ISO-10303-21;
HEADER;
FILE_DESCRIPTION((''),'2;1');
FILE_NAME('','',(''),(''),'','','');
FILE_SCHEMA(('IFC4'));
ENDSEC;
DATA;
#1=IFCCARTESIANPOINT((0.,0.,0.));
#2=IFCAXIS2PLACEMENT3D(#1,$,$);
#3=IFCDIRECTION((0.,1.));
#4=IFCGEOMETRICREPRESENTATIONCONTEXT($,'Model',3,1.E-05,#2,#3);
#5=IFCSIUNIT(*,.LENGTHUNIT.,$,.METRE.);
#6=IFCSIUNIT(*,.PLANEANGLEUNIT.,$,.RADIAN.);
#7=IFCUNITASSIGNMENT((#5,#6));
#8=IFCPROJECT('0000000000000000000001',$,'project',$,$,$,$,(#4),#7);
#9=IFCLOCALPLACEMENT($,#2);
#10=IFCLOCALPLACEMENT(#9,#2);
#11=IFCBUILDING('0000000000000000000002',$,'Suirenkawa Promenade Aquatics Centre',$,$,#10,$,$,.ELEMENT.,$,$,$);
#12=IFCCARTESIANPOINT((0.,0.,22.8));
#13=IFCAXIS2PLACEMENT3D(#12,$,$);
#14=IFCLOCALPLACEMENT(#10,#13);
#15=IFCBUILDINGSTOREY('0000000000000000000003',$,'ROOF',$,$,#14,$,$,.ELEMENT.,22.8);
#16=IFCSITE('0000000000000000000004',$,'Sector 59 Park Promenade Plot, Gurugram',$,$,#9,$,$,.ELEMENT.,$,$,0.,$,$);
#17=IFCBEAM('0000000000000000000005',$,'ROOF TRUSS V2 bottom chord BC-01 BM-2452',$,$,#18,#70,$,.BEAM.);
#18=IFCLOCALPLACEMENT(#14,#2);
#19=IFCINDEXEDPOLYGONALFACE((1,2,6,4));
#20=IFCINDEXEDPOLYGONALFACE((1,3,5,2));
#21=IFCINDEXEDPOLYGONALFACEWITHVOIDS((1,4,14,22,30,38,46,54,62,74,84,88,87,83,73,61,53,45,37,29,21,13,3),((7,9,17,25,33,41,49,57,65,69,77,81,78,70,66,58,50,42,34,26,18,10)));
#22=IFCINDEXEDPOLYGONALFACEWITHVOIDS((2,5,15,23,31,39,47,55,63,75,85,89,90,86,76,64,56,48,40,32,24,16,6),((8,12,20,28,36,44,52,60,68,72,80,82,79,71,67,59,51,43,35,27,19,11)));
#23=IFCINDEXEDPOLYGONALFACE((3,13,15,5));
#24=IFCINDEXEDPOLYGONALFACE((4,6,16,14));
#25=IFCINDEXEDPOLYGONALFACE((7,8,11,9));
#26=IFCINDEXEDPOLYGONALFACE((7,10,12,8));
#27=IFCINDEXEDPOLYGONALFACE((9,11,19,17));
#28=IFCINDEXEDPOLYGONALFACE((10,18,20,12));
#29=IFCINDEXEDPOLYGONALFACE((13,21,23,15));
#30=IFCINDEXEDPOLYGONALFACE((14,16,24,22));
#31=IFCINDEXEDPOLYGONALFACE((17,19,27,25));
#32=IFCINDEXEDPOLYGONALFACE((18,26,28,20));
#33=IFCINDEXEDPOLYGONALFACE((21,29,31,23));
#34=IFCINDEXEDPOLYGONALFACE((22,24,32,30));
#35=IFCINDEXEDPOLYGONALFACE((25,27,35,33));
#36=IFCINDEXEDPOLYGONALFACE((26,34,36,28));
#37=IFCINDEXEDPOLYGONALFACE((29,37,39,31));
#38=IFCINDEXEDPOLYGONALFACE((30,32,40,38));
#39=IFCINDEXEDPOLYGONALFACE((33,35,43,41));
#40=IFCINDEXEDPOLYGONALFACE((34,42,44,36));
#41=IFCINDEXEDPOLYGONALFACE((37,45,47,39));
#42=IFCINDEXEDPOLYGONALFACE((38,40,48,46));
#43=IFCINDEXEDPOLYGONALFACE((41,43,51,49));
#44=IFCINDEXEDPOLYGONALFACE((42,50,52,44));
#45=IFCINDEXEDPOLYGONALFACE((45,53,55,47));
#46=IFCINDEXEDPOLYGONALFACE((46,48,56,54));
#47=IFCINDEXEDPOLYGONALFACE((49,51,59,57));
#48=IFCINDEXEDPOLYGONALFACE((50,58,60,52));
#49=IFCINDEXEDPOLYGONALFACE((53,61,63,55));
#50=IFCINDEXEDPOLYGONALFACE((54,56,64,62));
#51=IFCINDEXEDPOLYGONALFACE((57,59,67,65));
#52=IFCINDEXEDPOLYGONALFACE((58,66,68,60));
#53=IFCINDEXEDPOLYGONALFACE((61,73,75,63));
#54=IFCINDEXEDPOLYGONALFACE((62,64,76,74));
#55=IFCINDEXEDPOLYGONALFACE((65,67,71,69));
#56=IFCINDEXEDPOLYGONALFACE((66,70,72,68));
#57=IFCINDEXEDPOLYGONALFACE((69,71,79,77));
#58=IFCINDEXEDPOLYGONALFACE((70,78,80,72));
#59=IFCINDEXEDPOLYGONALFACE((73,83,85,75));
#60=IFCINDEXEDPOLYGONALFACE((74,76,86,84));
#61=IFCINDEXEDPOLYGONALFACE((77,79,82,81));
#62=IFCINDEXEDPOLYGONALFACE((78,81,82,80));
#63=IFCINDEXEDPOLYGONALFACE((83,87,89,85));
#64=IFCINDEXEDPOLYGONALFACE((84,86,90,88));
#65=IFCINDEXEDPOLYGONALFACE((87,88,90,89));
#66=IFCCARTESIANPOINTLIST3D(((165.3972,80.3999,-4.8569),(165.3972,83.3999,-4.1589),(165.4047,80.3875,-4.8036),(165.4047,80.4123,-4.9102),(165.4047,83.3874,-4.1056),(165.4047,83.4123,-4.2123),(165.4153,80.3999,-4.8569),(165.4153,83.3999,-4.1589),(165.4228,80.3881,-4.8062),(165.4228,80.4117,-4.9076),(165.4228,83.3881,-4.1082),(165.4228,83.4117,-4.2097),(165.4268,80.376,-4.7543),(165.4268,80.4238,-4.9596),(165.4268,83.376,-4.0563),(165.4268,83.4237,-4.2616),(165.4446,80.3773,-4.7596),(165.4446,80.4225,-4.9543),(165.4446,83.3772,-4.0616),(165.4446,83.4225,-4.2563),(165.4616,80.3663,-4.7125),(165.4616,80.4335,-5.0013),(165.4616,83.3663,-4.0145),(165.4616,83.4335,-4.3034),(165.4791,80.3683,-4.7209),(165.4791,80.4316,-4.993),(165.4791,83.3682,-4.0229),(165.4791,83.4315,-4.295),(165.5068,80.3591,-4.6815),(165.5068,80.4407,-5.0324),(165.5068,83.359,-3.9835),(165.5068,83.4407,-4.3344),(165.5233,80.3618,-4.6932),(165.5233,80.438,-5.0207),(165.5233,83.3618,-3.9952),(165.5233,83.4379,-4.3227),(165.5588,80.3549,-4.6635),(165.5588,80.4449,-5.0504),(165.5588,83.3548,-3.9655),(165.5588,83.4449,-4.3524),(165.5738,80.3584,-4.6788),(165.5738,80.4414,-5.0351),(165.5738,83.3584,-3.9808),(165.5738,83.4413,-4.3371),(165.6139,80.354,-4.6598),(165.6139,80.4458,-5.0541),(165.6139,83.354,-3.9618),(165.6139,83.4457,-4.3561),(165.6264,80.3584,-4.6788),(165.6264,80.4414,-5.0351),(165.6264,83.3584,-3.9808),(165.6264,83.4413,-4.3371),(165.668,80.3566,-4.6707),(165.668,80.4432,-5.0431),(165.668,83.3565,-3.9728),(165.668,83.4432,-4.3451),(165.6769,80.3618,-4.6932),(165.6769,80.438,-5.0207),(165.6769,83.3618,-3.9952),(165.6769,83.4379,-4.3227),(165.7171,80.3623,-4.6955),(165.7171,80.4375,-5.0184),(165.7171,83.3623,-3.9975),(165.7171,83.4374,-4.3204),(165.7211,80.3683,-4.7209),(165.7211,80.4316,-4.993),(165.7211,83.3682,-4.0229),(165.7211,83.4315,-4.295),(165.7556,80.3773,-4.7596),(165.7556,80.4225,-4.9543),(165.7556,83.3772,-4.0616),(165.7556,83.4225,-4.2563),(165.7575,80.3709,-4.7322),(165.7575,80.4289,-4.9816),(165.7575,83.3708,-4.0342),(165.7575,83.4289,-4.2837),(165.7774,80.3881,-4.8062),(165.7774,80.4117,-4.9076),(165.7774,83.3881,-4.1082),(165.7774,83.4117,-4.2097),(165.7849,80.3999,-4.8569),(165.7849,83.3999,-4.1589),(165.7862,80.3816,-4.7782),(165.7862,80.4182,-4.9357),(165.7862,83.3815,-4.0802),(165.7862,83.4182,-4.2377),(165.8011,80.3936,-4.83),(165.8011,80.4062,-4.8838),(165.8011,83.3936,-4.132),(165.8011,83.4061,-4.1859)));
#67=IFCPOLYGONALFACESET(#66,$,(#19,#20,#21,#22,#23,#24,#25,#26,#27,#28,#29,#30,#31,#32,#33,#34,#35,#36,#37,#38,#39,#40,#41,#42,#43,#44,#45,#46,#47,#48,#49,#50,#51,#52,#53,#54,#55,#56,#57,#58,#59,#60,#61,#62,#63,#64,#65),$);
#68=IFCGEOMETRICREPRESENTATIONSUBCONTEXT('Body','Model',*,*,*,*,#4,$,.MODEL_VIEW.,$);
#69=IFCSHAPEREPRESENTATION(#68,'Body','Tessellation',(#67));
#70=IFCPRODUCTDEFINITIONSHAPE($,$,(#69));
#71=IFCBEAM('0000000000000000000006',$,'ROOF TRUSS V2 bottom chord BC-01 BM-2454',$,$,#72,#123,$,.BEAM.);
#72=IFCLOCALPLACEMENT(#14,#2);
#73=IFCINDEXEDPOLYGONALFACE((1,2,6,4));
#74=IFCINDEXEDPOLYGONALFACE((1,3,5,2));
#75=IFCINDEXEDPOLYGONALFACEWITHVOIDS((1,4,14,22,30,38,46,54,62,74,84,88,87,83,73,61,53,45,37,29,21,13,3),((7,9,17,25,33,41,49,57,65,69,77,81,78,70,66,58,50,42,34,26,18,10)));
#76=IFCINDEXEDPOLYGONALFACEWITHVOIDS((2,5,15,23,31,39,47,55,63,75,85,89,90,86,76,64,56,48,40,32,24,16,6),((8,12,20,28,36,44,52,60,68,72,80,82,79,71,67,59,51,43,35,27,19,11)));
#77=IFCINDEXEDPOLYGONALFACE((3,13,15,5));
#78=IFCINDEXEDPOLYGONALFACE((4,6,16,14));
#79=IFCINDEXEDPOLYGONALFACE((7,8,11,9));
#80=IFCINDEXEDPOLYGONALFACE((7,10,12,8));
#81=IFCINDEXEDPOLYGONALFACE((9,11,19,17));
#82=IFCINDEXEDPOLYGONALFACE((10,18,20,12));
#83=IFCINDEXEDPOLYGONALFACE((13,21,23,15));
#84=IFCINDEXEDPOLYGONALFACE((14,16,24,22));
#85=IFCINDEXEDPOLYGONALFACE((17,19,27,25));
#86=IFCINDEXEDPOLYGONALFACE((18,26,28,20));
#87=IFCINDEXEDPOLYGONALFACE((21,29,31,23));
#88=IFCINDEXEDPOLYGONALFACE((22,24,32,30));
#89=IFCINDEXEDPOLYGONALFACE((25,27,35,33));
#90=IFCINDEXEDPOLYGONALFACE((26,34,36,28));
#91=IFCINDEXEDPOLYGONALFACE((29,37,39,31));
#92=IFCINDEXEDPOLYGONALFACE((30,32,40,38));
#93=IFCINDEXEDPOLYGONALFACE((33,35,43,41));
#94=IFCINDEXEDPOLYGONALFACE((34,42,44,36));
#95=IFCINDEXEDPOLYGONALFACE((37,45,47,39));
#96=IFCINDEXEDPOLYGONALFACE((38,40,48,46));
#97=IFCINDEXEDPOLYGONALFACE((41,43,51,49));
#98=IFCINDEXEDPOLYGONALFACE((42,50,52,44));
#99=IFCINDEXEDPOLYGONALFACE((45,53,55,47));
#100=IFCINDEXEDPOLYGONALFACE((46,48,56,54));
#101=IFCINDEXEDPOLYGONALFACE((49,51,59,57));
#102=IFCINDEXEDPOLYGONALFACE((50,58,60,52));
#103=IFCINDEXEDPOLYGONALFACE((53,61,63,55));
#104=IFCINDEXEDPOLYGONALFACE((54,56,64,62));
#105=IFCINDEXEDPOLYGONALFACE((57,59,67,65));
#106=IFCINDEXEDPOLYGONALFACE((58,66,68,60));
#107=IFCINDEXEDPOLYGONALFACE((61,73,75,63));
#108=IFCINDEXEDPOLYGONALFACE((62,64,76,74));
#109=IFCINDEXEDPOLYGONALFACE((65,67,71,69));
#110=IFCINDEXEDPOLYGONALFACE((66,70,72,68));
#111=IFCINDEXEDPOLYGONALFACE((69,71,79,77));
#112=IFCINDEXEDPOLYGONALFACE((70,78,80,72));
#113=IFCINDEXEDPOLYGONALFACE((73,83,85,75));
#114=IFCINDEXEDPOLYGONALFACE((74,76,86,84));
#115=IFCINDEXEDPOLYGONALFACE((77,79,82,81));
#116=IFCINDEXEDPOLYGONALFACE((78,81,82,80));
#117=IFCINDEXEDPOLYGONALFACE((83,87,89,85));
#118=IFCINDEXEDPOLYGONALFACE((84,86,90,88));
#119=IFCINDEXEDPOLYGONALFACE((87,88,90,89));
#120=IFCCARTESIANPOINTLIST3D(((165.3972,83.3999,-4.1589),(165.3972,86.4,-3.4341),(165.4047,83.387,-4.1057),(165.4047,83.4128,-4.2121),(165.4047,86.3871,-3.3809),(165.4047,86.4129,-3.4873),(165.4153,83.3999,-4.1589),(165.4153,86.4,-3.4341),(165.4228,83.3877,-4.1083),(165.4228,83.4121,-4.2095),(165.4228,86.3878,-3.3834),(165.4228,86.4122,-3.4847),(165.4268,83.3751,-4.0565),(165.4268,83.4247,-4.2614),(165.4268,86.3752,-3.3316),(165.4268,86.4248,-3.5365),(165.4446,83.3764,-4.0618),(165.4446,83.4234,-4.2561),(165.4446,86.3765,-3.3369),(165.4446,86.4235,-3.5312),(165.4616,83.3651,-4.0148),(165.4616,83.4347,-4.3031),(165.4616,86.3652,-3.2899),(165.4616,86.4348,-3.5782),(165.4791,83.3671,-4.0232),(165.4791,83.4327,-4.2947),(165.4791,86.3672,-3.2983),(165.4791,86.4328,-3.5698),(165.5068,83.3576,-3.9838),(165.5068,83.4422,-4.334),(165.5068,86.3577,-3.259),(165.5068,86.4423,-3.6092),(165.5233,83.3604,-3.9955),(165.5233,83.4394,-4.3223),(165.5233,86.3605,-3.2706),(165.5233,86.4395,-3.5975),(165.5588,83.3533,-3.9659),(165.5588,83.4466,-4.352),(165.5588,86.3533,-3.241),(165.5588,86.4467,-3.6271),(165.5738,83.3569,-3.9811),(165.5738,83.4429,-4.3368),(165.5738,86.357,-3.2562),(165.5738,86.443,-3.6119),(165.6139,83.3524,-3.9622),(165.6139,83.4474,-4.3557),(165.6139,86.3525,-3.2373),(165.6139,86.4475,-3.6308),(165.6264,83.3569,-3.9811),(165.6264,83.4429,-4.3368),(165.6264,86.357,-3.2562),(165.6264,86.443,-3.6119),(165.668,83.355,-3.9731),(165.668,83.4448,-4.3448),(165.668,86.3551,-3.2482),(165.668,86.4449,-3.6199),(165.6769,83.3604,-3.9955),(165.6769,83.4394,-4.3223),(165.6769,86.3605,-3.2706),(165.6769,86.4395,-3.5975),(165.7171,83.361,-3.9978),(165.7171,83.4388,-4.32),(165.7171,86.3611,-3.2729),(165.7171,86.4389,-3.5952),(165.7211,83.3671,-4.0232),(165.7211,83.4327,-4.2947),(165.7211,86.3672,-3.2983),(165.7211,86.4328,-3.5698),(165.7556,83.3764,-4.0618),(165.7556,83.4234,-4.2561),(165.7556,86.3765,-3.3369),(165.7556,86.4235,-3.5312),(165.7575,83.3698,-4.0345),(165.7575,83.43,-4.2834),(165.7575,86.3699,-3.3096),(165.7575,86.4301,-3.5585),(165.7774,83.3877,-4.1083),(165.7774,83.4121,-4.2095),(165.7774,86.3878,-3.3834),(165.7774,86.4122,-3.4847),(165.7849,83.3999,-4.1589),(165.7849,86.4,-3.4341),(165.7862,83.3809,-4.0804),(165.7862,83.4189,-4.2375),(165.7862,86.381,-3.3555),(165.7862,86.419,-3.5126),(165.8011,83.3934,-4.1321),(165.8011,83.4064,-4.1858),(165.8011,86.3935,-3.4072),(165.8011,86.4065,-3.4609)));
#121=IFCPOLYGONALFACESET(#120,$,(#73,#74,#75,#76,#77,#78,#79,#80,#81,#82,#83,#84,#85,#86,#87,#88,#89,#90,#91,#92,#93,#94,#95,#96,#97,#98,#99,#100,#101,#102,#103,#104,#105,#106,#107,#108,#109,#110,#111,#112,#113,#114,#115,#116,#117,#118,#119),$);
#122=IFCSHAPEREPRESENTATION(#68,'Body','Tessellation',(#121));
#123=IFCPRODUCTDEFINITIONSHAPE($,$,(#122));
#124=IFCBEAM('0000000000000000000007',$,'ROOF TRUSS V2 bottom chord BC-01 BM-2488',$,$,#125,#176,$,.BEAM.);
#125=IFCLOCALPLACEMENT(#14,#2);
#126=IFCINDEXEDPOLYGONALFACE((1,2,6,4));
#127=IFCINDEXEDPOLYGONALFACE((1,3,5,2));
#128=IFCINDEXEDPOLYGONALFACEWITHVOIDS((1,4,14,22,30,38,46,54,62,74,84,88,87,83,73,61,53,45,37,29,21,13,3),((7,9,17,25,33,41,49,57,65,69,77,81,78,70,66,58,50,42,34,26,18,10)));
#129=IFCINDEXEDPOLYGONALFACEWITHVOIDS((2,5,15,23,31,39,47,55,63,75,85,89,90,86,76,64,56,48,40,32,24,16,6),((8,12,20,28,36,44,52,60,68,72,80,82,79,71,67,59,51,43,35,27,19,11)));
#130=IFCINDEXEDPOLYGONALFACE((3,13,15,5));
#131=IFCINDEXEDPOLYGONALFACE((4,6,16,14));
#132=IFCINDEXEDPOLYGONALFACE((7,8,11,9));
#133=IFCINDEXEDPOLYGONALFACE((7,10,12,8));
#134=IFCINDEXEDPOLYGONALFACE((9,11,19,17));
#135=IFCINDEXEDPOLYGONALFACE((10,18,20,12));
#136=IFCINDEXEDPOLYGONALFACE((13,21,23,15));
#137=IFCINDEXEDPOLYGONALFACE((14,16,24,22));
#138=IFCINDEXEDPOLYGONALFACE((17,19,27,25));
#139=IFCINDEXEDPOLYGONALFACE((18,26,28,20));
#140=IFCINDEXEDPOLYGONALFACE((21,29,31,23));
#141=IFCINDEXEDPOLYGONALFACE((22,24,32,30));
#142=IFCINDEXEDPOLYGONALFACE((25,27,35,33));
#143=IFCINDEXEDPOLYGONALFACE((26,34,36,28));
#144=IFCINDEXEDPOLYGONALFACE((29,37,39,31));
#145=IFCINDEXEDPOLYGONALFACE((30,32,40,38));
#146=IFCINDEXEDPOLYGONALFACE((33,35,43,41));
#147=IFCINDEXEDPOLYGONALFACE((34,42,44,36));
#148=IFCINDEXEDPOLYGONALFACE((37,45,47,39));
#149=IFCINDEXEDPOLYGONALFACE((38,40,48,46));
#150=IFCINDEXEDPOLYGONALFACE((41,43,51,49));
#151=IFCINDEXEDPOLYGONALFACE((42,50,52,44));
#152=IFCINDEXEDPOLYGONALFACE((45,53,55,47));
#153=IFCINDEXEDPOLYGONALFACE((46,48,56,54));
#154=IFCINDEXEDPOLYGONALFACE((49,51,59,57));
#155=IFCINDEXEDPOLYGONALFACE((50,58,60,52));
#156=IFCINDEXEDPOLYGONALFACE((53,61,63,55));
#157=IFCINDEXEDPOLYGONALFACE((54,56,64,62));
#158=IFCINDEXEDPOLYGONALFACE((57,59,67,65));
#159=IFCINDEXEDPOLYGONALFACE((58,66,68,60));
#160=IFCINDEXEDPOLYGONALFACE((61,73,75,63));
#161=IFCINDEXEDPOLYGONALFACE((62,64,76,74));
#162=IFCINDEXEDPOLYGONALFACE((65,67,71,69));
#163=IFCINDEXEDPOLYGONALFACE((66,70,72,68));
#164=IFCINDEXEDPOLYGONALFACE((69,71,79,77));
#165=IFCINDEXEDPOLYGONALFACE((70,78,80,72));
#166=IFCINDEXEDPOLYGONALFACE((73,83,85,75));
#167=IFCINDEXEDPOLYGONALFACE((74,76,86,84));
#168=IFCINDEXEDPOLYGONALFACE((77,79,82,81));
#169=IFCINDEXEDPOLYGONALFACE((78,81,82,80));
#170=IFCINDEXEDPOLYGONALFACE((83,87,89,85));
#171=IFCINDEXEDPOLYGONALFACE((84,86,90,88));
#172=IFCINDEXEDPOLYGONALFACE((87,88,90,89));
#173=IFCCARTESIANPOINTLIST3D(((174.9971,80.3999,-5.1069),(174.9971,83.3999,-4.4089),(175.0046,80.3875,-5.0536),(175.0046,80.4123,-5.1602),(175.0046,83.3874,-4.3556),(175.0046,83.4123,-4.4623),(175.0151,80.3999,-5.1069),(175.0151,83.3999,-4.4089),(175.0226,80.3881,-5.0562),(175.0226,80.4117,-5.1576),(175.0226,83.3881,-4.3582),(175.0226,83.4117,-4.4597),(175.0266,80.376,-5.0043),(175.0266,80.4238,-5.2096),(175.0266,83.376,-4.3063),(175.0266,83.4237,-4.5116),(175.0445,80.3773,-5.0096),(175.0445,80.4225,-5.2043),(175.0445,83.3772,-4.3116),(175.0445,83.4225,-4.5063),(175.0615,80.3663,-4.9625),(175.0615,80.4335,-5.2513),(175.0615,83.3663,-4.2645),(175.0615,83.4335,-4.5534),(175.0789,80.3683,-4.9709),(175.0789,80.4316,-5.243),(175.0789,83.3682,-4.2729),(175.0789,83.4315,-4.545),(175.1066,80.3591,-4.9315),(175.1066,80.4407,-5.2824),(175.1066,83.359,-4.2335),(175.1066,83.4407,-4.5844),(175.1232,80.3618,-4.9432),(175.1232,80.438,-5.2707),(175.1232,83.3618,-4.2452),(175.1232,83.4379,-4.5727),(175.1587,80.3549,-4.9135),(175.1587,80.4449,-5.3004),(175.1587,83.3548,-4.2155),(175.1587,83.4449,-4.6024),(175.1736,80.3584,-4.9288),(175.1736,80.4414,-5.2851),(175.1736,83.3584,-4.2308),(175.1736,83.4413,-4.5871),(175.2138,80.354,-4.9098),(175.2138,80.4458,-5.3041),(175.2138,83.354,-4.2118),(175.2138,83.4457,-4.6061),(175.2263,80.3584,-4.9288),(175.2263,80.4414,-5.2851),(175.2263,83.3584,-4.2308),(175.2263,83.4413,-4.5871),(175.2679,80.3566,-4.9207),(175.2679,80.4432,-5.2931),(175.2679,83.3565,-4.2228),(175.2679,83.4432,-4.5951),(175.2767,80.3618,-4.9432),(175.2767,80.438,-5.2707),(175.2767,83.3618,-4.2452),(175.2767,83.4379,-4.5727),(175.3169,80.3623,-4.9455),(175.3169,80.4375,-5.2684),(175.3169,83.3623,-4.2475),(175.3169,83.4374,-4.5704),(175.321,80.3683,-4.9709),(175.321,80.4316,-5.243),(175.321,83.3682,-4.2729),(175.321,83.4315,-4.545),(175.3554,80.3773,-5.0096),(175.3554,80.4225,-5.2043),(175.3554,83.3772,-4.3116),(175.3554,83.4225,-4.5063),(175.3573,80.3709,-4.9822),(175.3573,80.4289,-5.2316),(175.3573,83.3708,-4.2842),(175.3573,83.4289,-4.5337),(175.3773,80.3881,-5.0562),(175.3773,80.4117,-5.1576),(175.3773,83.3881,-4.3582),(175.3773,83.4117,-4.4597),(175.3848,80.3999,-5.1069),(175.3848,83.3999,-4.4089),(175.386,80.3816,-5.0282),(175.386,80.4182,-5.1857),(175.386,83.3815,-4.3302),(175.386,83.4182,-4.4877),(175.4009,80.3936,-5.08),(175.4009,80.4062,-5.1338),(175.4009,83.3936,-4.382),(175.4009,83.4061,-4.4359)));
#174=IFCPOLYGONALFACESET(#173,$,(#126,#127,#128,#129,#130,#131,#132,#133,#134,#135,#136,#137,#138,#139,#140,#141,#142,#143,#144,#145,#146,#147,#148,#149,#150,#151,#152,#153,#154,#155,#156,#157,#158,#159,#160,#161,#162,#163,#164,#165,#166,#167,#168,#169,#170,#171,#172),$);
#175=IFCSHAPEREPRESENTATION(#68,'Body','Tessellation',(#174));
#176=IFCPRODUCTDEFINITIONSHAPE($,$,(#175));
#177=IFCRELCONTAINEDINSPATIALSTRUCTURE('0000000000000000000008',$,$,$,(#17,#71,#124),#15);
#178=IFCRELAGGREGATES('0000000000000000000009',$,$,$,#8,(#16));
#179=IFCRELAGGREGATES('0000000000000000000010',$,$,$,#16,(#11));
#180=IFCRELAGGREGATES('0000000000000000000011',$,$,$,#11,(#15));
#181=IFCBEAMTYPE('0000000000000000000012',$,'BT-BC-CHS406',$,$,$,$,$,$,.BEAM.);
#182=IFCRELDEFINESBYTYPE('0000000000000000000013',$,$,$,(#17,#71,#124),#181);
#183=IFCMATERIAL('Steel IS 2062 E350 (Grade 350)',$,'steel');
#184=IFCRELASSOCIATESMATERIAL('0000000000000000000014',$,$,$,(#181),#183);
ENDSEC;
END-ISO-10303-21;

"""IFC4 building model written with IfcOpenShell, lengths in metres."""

from ifc_helpers import new_model, si_unit, direction, frame, origin, origin_2d, place, context, subcontext, project, spatial, hollow_circle, extrude, material, material_profile, profile_set, type_object, element, save


model = new_model("IFC4")

# Units and contexts
model_context = context("Model", 3, precision=1e-05, world=origin(), true_north=direction((0.0, 1.0)))
body_context = subcontext(model_context, "Body", "Model", "MODEL_VIEW")
ifc_project = project(units=[si_unit("LENGTHUNIT", "METRE"), si_unit("PLANEANGLEUNIT", "RADIAN")], contexts=[model_context])

# Site, building, storey
site_placement = place(None, origin())
site = spatial("IfcSite", under=ifc_project, at=site_placement, Name="Sector 59 Park Promenade Plot, Gurugram", CompositionType="ELEMENT", RefElevation=0.0)
building_placement = place(site_placement, origin())
building = spatial("IfcBuilding", under=site, at=building_placement, Name="Suirenkawa Promenade Aquatics Centre", CompositionType="ELEMENT")
storey_placement = place(building_placement, frame((0.0, 0.0, 22.8)))
storey = spatial("IfcBuildingStorey", under=building, at=storey_placement, Name="ROOF", CompositionType="ELEMENT", Elevation=22.8)

# Beams
ifc_material = material(Name="Steel IS 2062 E350 (Grade 350)", Category="steel")
ifc_material_profile_1 = material_profile(ifc_material, hollow_circle(Radius=0.2029, WallThickness=0.0181, at=origin_2d()), Name="CHS 406x18", Category="steel")
ifc_profile_set_1 = profile_set([ifc_material_profile_1], Name="Steel IS 2062 E350 (Grade 350)")
beam_type_1 = type_object("IfcBeamType", Name="BT-BC-CHS406", PredefinedType="BEAM", material=ifc_profile_set_1)
beam_1_placement = place(storey_placement, frame((165.6001, 80.3999, -4.8569), z_axis=(0.0, 0.973985, 0.226613), x_axis=(-1.0, 0.0, 0.0)))
element("IfcBeam", 1, at=beam_1_placement, inside=storey, type_object=beam_type_1, Name="ROOF TRUSS V2 bottom chord BC-01 BM-2452", PredefinedType="BEAM", context=body_context, shape_type="SweptSolid", body=[
    extrude(hollow_circle(Radius=0.2029, WallThickness=0.0181, at=origin_2d()), origin(), (0.0, 0.0, 1.0), 3.0801),
])
beam_2_placement = place(storey_placement, frame((165.6001, 83.3999, -4.1589), z_axis=(0.0, 0.972029, 0.23486), x_axis=(-1.0, 0.0, 0.0)))
element("IfcBeam", 2, at=beam_2_placement, inside=storey, type_object=beam_type_1, Name="ROOF TRUSS V2 bottom chord BC-01 BM-2454", PredefinedType="BEAM", context=body_context, shape_type="SweptSolid", body=[
    extrude(hollow_circle(Radius=0.2029, WallThickness=0.0181, at=origin_2d()), origin(), (0.0, 0.0, 1.0), 3.0864),
])
beam_3_placement = place(storey_placement, frame((175.2, 80.3999, -5.1069), z_axis=(0.0, 0.973985, 0.226613), x_axis=(-1.0, 0.0, 0.0)))
element("IfcBeam", 3, at=beam_3_placement, inside=storey, type_object=beam_type_1, Name="ROOF TRUSS V2 bottom chord BC-01 BM-2488", PredefinedType="BEAM", context=body_context, shape_type="SweptSolid", body=[
    extrude(hollow_circle(Radius=0.2029, WallThickness=0.0181, at=origin_2d()), origin(), (0.0, 0.0, 1.0), 3.0801),
])

save(model, "model.ifc")
